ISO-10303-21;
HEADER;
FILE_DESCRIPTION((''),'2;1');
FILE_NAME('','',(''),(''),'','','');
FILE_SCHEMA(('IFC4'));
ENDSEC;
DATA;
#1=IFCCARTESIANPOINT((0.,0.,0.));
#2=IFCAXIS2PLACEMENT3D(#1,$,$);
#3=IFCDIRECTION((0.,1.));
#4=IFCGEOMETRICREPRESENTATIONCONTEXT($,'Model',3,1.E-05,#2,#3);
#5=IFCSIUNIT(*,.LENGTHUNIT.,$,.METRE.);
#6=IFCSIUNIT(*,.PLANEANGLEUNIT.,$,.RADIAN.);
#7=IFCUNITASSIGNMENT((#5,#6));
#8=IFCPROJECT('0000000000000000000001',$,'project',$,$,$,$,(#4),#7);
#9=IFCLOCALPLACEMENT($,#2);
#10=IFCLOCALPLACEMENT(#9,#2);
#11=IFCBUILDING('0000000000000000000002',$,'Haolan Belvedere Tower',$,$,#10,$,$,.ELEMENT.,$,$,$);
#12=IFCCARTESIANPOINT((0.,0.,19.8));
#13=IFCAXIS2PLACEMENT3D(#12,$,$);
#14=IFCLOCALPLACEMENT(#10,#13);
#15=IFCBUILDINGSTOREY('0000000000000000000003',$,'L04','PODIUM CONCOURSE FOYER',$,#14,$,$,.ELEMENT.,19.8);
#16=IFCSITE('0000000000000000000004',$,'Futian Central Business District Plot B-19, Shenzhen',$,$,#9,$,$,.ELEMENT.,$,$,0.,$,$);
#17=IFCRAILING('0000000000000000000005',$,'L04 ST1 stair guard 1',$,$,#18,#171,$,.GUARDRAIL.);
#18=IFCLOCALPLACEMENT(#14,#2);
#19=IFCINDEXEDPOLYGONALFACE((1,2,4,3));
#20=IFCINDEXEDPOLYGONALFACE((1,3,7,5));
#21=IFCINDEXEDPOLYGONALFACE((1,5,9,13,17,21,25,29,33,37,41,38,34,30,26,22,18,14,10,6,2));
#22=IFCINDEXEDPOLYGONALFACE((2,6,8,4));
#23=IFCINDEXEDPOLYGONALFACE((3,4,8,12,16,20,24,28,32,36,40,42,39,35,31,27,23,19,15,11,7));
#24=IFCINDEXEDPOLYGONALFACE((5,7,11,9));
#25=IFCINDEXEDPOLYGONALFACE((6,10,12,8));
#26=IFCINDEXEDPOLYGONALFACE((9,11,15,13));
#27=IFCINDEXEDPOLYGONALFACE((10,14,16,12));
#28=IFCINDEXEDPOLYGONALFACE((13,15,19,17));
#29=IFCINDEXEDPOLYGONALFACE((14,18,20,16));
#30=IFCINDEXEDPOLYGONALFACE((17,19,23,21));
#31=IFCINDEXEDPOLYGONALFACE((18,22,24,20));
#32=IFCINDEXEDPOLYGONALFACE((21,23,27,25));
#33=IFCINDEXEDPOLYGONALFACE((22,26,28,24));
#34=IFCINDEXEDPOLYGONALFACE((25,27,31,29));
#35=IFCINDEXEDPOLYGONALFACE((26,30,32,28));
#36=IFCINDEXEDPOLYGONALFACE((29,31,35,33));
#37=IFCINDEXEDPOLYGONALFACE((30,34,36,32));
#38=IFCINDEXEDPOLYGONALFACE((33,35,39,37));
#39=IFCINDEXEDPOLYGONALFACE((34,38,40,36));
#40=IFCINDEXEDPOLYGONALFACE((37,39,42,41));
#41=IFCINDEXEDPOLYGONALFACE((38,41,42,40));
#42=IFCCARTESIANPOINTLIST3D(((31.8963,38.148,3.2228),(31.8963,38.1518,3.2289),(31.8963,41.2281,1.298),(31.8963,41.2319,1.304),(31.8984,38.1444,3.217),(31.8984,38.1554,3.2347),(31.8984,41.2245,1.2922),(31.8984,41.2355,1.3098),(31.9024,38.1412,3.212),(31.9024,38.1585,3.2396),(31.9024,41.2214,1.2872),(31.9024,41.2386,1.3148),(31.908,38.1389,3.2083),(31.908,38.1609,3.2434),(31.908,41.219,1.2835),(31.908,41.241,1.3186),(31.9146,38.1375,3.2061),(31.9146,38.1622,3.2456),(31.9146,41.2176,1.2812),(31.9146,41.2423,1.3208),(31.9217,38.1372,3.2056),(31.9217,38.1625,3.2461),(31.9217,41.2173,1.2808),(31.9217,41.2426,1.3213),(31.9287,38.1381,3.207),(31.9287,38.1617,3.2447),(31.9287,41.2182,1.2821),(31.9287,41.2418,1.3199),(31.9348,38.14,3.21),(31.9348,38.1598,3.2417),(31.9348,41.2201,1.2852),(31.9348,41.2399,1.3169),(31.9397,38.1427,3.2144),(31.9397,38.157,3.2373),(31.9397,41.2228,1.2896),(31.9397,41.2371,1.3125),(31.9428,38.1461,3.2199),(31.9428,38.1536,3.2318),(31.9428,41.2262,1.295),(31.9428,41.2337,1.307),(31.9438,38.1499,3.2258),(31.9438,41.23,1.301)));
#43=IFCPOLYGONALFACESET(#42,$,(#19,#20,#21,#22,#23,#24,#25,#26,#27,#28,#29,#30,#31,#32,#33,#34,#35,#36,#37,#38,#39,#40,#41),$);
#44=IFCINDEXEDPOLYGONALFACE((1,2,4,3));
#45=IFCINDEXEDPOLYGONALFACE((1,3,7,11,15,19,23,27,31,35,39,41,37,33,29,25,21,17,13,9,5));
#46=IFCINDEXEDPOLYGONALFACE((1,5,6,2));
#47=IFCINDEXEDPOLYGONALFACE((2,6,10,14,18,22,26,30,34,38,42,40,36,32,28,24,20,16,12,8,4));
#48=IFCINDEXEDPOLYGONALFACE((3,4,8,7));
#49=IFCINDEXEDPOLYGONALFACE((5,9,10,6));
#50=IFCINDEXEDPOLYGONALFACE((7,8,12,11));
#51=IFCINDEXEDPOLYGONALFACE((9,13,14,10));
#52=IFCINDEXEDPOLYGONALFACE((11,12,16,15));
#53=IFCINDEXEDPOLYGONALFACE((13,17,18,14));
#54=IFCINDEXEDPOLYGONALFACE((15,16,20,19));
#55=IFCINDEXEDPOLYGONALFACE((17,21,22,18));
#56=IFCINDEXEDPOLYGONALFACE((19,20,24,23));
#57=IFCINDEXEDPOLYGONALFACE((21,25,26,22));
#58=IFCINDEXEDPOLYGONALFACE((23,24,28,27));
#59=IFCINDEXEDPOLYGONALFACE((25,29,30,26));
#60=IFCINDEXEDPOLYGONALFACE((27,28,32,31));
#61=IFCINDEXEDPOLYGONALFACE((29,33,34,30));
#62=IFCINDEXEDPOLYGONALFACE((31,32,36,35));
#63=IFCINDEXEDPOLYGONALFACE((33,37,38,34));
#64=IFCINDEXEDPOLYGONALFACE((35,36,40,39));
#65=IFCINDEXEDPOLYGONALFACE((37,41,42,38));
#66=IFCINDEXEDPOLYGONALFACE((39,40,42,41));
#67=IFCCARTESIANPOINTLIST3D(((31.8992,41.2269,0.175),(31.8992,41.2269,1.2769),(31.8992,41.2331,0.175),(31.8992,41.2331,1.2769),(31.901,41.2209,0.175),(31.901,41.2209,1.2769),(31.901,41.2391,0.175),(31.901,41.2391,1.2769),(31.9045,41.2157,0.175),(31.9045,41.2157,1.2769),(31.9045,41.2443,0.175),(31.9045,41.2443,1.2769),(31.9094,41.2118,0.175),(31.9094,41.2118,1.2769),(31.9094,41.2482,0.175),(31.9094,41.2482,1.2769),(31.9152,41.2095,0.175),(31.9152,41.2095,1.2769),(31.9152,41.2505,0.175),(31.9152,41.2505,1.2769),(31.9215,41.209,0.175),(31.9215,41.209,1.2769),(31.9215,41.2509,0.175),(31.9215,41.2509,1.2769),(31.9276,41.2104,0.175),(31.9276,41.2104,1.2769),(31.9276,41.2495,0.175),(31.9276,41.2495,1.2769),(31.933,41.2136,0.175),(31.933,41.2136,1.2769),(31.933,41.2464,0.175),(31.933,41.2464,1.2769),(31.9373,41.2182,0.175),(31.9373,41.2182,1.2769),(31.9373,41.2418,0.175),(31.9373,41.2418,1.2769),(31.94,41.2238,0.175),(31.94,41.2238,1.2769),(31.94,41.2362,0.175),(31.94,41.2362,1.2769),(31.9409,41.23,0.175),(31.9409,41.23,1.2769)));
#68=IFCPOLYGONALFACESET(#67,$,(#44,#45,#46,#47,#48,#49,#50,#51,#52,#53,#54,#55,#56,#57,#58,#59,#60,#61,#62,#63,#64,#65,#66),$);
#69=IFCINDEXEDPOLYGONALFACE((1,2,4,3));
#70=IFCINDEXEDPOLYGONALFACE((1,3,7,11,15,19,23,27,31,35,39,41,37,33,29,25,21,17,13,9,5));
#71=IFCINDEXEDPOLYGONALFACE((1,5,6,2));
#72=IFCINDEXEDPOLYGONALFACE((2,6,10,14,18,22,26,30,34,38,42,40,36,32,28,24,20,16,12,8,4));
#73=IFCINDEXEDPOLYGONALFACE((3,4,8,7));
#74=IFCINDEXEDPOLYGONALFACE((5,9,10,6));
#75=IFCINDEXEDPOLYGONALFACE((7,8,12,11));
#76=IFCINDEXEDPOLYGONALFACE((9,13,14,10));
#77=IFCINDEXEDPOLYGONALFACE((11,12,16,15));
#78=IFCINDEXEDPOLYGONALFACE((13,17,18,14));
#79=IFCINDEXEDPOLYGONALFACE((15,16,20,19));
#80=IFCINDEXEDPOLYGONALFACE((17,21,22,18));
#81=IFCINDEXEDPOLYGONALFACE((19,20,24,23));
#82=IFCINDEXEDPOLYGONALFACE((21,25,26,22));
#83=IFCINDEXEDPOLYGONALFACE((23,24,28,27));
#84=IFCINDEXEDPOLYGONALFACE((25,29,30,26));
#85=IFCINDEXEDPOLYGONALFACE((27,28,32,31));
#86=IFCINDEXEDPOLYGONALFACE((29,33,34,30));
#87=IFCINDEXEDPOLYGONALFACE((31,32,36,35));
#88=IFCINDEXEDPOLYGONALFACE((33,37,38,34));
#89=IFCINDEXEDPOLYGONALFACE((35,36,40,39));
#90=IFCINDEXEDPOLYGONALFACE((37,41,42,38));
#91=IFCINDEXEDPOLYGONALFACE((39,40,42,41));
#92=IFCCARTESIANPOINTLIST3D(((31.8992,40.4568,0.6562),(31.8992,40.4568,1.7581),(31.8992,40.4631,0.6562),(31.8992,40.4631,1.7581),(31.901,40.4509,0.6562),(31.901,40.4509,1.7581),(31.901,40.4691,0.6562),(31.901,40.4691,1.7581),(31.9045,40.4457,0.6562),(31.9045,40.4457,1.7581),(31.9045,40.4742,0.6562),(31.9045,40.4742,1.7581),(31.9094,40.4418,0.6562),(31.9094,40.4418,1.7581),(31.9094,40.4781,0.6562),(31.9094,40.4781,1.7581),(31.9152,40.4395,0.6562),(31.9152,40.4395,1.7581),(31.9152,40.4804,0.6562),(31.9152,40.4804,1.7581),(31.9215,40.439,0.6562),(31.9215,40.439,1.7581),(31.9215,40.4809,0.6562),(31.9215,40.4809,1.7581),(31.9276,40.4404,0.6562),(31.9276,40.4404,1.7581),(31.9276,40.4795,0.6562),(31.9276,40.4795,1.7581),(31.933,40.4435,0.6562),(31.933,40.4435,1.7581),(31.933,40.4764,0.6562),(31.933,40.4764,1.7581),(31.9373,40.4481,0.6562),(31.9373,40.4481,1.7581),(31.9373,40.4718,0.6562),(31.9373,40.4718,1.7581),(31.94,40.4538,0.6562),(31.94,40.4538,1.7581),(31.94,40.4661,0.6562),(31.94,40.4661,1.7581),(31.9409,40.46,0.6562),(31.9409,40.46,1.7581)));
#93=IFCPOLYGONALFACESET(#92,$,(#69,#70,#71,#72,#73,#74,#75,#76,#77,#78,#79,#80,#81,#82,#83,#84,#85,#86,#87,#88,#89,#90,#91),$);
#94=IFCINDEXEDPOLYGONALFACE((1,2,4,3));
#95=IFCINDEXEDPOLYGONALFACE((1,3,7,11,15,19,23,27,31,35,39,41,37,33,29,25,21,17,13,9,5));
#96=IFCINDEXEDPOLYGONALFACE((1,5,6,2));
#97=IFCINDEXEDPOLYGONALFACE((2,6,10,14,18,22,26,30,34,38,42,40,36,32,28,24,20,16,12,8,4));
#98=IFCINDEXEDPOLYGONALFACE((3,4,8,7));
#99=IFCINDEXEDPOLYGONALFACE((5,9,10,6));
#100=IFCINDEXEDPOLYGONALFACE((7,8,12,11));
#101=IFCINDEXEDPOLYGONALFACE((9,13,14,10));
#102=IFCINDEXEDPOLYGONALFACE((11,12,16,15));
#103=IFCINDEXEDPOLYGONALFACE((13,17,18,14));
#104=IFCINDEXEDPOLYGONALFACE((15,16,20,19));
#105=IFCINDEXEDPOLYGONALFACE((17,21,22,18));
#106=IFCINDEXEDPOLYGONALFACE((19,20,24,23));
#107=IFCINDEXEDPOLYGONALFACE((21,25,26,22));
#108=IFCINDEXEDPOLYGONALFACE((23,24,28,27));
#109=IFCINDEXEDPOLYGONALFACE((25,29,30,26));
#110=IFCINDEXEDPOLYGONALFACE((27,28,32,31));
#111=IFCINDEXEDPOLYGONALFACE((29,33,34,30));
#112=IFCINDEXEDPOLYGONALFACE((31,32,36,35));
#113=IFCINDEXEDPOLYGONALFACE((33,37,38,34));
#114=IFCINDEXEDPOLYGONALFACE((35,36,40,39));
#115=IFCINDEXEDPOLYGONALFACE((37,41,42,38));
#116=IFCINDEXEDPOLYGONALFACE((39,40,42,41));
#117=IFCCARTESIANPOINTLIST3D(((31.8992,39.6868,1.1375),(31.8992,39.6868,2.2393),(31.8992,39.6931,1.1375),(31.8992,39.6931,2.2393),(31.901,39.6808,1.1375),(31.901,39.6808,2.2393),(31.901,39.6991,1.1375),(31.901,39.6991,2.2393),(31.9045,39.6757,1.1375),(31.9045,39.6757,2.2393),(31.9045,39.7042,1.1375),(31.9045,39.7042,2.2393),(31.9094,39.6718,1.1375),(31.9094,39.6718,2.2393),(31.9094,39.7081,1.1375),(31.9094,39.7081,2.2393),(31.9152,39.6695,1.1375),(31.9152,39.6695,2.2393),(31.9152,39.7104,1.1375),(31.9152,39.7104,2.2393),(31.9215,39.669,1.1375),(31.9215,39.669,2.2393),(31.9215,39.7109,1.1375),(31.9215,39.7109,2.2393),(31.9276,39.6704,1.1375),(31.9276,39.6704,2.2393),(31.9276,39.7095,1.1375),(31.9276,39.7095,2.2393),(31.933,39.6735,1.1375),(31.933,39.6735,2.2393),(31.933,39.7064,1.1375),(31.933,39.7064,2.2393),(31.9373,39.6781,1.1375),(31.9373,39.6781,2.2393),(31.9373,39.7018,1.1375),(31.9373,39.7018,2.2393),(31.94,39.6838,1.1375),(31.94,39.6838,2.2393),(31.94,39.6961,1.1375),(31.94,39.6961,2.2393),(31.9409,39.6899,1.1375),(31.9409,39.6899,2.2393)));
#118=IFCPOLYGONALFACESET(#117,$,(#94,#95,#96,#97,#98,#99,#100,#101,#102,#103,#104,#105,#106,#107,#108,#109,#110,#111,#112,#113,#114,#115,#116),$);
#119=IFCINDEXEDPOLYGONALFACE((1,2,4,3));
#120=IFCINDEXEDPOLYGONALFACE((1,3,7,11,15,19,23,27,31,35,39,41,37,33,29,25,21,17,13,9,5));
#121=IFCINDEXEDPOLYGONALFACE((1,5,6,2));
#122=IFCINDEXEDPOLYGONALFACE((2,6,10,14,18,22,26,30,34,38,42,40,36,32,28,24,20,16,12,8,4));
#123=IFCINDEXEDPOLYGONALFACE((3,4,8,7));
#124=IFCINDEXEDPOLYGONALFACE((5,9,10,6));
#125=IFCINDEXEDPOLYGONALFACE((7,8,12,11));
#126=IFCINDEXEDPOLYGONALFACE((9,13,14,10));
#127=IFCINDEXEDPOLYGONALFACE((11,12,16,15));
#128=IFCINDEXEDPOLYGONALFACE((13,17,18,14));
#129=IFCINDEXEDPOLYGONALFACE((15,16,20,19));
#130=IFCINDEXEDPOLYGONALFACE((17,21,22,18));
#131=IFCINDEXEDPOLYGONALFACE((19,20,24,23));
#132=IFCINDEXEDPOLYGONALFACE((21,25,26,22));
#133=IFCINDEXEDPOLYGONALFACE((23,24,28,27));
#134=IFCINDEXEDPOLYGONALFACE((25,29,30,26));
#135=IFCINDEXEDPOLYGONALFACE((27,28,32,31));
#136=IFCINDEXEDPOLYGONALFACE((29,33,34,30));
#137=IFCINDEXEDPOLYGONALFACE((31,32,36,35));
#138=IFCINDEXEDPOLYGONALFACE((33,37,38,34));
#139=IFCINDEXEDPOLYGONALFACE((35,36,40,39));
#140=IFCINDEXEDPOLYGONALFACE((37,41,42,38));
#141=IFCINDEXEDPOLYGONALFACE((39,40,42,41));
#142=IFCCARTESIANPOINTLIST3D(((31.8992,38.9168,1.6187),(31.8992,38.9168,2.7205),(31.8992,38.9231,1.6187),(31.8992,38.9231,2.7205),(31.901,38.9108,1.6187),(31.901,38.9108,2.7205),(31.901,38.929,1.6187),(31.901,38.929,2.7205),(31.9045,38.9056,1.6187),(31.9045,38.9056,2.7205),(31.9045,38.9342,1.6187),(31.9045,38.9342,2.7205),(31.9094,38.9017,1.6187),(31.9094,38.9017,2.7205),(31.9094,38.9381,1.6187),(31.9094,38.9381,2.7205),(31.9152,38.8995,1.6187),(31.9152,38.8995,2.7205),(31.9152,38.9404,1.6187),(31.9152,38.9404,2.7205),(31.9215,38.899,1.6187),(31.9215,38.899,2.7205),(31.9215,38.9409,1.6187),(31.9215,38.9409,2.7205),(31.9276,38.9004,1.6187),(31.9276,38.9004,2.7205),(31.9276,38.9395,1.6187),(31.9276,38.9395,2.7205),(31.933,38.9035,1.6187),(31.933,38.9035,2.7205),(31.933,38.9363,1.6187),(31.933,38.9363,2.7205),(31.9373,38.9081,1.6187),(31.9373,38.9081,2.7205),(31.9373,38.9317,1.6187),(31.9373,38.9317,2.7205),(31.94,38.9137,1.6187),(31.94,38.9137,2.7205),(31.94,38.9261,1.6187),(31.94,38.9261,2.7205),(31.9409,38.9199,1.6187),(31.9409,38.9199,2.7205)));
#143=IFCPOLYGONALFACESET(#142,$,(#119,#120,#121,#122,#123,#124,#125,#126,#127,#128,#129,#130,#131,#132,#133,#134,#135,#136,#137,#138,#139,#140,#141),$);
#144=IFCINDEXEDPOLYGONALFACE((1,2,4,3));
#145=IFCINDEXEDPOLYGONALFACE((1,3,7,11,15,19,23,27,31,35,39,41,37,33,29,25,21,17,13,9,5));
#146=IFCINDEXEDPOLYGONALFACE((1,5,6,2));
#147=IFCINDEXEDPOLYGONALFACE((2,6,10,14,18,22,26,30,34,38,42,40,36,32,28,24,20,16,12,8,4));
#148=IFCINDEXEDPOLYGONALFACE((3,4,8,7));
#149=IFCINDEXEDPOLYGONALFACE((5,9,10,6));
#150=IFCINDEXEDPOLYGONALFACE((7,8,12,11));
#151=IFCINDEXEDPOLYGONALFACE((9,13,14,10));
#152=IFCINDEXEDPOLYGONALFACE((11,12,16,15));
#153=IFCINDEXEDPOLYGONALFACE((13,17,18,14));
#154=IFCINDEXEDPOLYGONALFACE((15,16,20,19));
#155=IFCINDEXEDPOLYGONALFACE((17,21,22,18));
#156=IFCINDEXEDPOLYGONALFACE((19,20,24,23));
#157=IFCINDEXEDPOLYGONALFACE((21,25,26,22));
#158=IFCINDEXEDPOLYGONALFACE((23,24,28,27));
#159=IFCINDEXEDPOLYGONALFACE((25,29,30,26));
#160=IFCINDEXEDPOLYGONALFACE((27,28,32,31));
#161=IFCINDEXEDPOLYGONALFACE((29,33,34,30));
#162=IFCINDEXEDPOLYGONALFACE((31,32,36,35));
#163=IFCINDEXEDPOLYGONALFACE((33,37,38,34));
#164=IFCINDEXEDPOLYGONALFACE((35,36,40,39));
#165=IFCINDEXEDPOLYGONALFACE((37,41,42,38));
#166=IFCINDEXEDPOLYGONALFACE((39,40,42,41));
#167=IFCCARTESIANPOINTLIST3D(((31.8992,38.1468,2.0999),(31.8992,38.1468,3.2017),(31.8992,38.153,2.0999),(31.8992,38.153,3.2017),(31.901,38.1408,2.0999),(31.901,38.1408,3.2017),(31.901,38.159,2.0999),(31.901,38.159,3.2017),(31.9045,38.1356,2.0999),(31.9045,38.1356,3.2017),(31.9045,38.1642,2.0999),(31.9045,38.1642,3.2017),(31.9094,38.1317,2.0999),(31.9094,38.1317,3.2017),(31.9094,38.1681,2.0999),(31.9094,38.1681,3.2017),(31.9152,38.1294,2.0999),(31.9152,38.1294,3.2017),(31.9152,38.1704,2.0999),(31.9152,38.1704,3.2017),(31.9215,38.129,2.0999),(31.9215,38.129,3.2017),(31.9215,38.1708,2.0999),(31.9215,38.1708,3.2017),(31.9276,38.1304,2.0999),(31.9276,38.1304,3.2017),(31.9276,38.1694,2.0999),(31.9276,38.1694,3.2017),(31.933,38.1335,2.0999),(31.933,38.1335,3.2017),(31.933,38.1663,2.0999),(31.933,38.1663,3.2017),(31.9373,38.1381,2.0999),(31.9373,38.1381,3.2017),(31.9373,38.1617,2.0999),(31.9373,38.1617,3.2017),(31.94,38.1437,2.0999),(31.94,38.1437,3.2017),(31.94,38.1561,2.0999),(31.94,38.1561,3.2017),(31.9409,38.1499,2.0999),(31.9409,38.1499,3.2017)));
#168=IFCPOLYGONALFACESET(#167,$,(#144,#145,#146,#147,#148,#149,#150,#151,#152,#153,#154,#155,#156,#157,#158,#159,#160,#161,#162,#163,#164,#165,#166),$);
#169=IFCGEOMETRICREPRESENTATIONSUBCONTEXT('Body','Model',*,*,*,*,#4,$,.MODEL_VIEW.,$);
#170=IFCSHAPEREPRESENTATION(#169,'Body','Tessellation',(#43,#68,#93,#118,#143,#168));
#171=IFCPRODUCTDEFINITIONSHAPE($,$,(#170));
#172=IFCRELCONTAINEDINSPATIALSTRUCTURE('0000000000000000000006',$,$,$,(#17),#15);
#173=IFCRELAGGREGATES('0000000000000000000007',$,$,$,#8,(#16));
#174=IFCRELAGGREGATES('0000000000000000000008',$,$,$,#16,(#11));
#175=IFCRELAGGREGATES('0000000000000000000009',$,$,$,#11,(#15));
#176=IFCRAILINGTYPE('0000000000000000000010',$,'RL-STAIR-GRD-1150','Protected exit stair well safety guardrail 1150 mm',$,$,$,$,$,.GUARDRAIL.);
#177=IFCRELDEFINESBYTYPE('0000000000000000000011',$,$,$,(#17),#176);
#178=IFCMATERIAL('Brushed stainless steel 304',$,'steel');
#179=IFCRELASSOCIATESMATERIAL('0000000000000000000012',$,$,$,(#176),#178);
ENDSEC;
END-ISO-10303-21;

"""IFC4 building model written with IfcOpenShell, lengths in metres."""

from ifc_helpers import new_model, si_unit, direction, frame, origin, origin_2d, place, context, subcontext, project, spatial, circle, extrude, material, type_object, element, save


model = new_model("IFC4")

# Units and contexts
model_context = context("Model", 3, precision=1e-05, world=origin(), true_north=direction((0.0, 1.0)))
body_context = subcontext(model_context, "Body", "Model", "MODEL_VIEW")
ifc_project = project(units=[si_unit("LENGTHUNIT", "METRE"), si_unit("PLANEANGLEUNIT", "RADIAN")], contexts=[model_context])

# Site, building, storey
site_placement = place(None, origin())
site = spatial("IfcSite", under=ifc_project, at=site_placement, Name="Futian Central Business District Plot B-19, Shenzhen", CompositionType="ELEMENT", RefElevation=0.0)
building_placement = place(site_placement, origin())
building = spatial("IfcBuilding", under=site, at=building_placement, Name="Haolan Belvedere Tower", CompositionType="ELEMENT")
storey_placement = place(building_placement, frame((0.0, 0.0, 19.8)))
storey = spatial("IfcBuildingStorey", under=building, at=storey_placement, Name="L04", Description="PODIUM CONCOURSE FOYER", CompositionType="ELEMENT", Elevation=19.8)

# Railing
ifc_material_1 = material(Name="Brushed stainless steel 304", Category="steel")
railing_type_1 = type_object("IfcRailingType", Name="RL-STAIR-GRD-1150", Description="Protected exit stair well safety guardrail 1150 mm", PredefinedType="GUARDRAIL", material=ifc_material_1)
railing_1_placement = place(storey_placement, frame((31.9199, 41.23, 0.175)))
element("IfcRailing", 1, at=railing_1_placement, inside=storey, type_object=railing_type_1, Name="L04 ST1 stair guard 1", PredefinedType="GUARDRAIL", context=body_context, shape_type="SweptSolid", body=[
    extrude(circle(Radius=0.0239, at=origin_2d()), frame((0.0, 0.0, 1.126), z_axis=(0.0, -0.848029, 0.529951), x_axis=(1.0, 0.0, 0.0)), (0.0, 0.0, 1.0), 3.6321),
    extrude(circle(Radius=0.021, at=origin_2d()), origin(), (0.0, 0.0, 1.0), 1.1018),
    extrude(circle(Radius=0.021, at=origin_2d()), frame((0.0, -0.77, 0.4812)), (0.0, 0.0, 1.0), 1.1018),
    extrude(circle(Radius=0.021, at=origin_2d()), frame((0.0, -1.54, 0.9624)), (0.0, 0.0, 1.0), 1.1018),
    extrude(circle(Radius=0.021, at=origin_2d()), frame((0.0, -2.3101, 1.4436)), (0.0, 0.0, 1.0), 1.1018),
    extrude(circle(Radius=0.021, at=origin_2d()), frame((0.0, -3.0801, 1.9248)), (0.0, 0.0, 1.0), 1.1018),
])

save(model, "model.ifc")
